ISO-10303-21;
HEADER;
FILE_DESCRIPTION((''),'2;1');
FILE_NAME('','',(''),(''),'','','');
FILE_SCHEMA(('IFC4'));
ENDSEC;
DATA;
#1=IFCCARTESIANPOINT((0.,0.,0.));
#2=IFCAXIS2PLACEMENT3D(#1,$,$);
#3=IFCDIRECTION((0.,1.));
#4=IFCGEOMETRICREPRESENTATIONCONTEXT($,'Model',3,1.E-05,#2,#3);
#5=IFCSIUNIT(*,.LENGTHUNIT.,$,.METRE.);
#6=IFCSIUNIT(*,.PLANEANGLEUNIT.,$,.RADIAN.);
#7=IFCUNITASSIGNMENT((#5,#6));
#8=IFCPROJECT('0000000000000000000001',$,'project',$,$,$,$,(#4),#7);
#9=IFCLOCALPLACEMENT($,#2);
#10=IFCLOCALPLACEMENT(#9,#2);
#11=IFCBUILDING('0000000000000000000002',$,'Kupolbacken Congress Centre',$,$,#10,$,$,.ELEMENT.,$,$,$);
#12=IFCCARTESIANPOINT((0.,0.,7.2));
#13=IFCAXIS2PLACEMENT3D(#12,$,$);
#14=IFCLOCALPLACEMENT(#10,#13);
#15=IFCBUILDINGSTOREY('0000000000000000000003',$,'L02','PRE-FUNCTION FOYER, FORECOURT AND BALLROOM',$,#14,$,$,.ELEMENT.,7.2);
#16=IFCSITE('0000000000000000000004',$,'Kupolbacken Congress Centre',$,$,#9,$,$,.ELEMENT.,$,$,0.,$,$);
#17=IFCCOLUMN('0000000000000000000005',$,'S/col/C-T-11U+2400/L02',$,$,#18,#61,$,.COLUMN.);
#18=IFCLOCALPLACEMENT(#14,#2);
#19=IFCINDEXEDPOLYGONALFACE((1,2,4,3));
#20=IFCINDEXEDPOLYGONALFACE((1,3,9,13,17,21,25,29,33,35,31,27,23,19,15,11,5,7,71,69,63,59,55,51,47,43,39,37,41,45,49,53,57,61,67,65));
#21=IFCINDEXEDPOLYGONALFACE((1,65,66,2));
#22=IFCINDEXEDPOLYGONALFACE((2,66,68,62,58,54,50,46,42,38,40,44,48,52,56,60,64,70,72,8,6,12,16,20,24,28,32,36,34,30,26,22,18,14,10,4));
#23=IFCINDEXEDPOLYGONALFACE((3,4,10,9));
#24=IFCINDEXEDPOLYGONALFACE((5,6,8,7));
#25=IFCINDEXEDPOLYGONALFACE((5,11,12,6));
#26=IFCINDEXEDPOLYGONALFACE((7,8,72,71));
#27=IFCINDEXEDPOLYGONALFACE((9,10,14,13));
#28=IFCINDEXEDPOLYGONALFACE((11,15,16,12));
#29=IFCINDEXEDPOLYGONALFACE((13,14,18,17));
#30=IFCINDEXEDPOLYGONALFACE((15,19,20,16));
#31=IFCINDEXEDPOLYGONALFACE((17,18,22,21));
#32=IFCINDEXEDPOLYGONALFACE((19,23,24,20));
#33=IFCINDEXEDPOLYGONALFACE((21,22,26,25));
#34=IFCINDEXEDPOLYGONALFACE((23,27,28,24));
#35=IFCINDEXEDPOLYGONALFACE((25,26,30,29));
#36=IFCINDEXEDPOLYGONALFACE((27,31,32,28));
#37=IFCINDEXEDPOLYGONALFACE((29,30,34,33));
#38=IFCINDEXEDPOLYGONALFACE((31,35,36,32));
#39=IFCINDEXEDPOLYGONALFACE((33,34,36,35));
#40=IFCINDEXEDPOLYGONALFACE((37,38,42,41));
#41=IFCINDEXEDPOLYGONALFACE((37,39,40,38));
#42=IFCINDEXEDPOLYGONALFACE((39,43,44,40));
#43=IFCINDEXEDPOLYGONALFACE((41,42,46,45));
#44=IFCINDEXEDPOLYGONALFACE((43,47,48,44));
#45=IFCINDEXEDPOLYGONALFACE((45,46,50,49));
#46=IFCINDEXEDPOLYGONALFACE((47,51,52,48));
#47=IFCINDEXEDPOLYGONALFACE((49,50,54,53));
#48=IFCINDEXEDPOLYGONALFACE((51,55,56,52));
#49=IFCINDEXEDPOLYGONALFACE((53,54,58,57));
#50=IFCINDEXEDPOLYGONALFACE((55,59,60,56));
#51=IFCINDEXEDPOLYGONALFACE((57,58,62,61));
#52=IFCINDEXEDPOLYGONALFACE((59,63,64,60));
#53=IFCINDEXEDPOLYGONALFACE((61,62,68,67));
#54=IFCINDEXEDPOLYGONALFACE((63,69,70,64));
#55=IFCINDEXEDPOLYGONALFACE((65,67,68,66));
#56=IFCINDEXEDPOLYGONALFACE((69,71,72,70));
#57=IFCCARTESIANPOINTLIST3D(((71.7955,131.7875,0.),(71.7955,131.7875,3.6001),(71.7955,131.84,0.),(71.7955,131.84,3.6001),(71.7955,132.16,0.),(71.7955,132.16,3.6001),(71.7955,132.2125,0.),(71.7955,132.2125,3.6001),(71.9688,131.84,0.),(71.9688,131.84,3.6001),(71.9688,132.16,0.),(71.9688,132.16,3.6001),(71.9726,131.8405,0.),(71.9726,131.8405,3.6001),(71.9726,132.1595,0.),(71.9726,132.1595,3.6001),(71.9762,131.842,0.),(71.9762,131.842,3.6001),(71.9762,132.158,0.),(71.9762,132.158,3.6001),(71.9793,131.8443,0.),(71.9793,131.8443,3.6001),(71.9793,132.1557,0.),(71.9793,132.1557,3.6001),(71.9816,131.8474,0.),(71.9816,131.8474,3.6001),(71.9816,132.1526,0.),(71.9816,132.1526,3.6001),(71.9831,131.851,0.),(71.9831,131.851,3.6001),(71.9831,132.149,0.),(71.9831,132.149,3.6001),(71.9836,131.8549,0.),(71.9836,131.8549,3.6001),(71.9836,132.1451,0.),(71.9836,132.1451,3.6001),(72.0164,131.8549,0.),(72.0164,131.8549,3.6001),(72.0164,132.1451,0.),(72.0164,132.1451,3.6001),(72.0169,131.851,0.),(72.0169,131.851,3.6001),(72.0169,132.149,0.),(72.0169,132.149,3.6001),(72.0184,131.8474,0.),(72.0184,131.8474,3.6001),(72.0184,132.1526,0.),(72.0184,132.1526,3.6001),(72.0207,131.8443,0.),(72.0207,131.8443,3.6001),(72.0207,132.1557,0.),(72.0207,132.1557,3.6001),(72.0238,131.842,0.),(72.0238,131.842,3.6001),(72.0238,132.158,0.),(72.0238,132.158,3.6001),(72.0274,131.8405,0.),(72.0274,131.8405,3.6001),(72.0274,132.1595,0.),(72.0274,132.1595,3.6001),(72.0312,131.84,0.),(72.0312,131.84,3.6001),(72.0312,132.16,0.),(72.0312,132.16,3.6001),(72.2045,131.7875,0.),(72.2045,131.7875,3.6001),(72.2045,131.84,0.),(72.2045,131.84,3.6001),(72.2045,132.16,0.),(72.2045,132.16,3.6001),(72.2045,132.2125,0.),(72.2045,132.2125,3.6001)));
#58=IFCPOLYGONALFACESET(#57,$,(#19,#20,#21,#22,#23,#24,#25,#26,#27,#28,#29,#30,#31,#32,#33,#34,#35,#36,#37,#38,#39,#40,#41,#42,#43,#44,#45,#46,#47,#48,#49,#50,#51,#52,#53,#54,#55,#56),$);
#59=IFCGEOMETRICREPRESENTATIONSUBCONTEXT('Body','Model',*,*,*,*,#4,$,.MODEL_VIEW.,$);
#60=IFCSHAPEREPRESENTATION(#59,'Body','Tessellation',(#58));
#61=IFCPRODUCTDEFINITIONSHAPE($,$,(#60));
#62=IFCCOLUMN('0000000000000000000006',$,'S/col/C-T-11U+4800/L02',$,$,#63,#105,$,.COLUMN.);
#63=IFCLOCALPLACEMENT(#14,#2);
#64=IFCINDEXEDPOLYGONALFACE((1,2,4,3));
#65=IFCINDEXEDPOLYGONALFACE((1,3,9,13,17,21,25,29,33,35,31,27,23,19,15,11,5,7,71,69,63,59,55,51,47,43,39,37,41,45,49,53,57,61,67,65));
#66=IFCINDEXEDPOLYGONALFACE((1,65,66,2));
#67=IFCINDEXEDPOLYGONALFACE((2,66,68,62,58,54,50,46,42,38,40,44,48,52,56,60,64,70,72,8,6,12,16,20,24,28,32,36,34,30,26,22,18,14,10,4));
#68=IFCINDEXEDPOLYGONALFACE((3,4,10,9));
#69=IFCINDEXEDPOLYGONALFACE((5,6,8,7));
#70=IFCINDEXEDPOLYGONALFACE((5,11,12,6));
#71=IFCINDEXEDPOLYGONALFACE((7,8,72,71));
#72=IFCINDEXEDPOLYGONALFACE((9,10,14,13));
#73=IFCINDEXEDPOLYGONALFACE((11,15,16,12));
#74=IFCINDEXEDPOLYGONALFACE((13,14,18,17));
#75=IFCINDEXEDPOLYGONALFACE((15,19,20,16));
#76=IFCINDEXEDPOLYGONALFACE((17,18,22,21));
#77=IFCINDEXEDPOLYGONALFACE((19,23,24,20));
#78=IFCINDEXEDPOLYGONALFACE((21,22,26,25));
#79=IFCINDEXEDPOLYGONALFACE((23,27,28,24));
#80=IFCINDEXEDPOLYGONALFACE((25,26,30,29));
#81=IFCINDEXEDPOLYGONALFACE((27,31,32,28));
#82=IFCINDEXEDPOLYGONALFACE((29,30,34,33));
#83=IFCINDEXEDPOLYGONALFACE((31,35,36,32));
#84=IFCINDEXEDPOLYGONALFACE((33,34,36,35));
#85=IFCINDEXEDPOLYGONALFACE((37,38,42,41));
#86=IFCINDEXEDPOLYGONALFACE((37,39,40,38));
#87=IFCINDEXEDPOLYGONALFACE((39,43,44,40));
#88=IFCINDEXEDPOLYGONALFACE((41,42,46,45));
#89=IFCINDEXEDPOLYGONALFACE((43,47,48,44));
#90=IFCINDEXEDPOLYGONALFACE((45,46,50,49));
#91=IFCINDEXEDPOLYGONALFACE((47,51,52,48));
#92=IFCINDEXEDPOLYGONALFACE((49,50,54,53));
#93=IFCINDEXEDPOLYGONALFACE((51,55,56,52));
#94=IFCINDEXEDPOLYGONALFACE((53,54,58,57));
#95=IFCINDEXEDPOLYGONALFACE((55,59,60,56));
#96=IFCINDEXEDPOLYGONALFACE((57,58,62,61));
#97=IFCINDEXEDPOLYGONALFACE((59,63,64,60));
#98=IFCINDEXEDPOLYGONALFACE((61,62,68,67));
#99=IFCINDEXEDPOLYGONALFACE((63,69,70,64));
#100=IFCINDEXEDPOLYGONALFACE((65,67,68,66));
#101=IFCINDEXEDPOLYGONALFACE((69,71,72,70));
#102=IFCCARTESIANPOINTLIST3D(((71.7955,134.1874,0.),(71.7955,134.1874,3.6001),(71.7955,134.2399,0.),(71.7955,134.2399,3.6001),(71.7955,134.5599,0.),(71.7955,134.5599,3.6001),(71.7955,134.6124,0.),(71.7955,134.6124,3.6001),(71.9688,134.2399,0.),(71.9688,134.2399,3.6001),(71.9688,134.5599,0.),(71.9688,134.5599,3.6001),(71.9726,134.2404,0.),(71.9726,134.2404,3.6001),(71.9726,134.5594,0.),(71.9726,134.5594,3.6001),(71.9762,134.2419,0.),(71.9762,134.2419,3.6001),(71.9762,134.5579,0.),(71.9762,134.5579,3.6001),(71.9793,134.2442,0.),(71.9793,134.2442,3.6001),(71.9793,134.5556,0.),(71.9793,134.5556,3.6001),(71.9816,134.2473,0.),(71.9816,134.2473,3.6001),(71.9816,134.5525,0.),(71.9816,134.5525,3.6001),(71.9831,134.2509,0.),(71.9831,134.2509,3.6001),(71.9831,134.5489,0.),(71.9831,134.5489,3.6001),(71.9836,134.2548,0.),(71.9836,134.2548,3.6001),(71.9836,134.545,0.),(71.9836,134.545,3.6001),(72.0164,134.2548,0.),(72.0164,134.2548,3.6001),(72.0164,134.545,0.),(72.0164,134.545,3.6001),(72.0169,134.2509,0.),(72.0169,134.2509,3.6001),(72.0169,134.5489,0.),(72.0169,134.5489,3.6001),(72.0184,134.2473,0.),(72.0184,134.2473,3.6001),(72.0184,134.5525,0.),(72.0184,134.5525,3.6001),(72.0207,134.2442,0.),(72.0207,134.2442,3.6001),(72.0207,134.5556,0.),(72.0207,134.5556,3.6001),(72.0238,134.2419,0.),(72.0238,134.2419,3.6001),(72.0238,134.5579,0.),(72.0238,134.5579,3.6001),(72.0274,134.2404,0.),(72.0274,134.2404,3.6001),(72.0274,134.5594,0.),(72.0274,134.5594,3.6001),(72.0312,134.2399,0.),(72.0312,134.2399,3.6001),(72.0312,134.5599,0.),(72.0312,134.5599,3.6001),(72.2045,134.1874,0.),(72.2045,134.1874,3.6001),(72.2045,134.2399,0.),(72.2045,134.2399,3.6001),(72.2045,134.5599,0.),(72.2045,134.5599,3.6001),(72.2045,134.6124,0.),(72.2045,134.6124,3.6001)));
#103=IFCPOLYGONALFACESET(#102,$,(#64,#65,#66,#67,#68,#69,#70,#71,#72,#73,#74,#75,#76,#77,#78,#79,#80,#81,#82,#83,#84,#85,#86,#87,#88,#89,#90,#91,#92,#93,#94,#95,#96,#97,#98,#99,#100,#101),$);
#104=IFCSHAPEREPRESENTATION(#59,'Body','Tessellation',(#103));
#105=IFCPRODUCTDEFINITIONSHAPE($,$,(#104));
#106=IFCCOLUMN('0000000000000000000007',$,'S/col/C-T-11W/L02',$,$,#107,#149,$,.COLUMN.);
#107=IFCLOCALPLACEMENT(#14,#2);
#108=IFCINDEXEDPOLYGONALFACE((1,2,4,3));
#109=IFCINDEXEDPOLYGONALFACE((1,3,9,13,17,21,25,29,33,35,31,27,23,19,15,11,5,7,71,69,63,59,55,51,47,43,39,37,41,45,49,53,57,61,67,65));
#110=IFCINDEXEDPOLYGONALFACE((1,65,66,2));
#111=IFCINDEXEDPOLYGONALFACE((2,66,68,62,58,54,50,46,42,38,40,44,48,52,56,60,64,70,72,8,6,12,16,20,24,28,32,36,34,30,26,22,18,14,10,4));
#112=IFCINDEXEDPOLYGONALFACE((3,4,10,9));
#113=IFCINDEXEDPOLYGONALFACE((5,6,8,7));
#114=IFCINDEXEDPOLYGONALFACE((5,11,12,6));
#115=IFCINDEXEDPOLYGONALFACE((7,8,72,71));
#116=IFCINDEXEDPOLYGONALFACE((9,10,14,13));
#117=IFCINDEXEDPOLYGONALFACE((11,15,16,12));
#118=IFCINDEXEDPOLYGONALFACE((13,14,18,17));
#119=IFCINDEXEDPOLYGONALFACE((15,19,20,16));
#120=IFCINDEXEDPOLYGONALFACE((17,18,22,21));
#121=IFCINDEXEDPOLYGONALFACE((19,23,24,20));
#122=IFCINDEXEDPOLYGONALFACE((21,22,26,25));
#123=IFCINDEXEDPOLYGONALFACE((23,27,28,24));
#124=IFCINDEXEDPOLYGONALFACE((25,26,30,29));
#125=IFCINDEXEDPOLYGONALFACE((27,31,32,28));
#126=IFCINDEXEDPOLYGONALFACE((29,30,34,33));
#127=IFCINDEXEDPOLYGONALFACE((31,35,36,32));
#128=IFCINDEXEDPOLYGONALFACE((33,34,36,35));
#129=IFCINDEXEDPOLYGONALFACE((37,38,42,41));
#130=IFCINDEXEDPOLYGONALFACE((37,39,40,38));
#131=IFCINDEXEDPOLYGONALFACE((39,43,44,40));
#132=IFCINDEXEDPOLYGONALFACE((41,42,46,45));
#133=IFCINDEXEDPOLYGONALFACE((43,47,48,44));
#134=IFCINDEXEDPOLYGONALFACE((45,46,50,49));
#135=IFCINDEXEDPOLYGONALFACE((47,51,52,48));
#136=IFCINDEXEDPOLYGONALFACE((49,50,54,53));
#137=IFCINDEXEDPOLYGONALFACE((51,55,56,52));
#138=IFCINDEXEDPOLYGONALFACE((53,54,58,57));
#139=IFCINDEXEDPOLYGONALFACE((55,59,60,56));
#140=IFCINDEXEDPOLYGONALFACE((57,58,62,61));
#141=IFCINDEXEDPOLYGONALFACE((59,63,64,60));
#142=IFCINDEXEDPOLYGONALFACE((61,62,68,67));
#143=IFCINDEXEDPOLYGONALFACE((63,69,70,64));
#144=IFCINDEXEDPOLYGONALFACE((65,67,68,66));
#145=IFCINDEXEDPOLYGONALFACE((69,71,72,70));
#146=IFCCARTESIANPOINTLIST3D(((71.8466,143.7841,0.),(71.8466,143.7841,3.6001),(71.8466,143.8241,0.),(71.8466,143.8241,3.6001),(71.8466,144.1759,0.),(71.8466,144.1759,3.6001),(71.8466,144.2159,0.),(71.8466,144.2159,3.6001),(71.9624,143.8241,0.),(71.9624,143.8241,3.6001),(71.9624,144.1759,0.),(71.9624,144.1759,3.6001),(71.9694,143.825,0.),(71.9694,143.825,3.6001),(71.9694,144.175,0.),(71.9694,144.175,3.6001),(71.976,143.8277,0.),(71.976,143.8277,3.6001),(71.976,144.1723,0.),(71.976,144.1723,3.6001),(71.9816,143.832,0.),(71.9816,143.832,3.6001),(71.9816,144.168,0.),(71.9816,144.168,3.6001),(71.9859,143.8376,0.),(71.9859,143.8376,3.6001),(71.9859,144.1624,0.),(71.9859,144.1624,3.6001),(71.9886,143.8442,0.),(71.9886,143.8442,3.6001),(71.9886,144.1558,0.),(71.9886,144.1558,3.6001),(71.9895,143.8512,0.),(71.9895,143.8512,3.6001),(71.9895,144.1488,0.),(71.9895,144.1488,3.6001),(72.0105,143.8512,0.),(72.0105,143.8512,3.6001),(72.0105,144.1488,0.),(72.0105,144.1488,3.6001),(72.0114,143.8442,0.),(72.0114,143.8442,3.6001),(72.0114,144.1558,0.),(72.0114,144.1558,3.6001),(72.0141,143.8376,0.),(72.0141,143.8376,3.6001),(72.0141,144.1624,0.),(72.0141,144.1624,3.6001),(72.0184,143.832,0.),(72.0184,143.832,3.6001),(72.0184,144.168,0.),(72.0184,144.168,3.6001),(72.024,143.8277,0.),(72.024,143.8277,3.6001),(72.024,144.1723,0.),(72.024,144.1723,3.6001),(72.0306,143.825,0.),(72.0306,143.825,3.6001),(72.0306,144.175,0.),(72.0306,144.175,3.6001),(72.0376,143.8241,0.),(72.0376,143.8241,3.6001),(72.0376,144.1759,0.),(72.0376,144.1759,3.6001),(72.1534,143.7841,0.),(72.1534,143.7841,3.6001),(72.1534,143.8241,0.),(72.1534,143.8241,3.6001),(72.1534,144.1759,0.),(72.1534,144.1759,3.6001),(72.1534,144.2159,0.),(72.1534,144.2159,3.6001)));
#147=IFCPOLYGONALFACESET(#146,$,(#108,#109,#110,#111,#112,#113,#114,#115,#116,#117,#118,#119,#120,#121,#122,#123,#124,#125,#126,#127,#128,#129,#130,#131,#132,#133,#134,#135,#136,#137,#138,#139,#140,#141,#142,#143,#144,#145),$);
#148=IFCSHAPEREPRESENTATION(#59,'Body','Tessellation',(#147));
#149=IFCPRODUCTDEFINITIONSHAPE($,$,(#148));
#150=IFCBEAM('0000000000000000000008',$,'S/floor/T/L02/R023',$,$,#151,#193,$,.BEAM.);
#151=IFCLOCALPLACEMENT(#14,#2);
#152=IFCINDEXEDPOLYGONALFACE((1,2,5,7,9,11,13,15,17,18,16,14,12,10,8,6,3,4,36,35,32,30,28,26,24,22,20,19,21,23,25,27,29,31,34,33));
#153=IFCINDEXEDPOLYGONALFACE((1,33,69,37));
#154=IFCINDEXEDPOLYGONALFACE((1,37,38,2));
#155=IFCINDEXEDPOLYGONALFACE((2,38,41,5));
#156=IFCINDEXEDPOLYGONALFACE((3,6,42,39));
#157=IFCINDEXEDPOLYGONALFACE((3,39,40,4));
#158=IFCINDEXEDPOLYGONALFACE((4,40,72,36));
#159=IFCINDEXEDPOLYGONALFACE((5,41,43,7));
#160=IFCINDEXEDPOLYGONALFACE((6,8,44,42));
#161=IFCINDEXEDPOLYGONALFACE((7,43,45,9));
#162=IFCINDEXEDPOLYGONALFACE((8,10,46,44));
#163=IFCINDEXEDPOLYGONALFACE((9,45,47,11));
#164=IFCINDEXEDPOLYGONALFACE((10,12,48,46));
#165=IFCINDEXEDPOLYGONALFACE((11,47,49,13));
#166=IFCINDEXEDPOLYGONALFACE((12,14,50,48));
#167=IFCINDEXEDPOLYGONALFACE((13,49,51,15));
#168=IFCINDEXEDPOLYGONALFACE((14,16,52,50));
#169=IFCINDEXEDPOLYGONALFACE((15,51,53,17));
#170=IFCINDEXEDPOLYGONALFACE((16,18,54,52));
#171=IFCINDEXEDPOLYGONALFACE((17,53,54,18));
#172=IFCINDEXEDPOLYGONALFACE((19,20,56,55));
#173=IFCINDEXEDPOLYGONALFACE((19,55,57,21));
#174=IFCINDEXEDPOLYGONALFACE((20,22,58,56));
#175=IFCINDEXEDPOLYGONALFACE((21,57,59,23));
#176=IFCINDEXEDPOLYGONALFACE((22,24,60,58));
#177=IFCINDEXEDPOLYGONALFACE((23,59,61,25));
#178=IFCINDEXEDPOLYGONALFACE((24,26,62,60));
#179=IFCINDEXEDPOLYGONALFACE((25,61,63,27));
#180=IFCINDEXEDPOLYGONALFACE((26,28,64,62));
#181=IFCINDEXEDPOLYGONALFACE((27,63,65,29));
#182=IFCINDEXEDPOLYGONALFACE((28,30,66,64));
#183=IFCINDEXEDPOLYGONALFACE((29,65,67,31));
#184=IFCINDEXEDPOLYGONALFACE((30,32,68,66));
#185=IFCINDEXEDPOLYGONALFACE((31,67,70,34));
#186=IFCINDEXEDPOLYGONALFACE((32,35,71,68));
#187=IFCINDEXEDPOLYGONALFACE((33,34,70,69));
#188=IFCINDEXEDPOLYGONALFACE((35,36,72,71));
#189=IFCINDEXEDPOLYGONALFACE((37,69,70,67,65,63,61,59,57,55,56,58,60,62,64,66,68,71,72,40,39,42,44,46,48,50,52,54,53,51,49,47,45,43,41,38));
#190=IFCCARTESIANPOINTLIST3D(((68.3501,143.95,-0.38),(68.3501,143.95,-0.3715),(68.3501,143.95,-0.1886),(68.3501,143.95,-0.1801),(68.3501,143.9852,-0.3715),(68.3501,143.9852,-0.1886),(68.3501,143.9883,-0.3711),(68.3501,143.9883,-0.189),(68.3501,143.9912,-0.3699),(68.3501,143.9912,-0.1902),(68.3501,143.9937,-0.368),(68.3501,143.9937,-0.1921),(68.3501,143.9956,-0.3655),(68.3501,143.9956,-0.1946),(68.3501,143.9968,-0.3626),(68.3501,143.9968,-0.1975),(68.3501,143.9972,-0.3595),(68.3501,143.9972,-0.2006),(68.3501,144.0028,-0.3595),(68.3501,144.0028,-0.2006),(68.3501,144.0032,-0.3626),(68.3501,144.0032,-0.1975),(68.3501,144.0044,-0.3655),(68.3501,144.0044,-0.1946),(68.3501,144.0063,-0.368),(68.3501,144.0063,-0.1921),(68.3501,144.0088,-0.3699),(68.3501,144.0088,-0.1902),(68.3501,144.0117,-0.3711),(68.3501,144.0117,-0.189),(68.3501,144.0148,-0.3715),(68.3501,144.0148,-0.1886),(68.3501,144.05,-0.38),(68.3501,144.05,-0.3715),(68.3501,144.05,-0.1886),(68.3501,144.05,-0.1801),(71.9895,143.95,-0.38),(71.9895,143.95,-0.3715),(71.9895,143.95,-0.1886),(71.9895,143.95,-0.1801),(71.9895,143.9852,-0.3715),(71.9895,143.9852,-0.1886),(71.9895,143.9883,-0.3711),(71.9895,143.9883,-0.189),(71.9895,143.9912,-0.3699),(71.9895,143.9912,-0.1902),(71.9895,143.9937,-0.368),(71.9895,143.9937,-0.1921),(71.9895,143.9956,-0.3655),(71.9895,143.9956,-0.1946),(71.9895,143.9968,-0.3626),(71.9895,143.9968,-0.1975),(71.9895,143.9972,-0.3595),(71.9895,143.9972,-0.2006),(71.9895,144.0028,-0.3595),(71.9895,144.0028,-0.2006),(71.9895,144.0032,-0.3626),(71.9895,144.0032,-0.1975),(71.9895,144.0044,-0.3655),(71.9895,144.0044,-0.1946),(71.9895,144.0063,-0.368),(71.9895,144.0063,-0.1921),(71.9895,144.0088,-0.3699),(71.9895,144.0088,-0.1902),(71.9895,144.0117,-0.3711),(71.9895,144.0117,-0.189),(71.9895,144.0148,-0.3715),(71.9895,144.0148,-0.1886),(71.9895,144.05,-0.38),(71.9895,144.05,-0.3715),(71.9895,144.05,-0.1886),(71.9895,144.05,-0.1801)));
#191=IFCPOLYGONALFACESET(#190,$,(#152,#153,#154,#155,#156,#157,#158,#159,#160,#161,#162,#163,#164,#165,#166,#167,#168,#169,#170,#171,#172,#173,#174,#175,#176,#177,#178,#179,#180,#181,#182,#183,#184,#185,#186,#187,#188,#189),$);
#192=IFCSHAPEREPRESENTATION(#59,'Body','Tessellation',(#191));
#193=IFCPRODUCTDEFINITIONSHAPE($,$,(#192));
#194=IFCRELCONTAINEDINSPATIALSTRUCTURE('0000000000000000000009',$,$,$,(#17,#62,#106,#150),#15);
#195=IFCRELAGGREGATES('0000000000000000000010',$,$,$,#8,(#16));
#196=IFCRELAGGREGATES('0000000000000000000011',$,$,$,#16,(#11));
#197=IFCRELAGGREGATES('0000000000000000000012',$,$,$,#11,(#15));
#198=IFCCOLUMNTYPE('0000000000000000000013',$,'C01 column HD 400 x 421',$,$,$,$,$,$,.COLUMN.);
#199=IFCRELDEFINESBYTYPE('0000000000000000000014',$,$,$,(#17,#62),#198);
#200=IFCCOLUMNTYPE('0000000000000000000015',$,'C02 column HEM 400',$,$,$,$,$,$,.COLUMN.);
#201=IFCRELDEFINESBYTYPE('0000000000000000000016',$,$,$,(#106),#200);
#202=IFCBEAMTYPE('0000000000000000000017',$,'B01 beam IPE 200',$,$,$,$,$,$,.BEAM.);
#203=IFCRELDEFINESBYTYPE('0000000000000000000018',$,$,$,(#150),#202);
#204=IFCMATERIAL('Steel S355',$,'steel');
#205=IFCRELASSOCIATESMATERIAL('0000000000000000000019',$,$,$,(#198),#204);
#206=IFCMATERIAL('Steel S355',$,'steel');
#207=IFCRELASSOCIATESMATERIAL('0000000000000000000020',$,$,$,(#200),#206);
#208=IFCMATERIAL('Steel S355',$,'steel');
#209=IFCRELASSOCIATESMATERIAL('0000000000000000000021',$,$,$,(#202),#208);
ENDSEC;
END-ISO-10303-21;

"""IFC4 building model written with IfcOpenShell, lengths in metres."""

from ifc_helpers import new_model, si_unit, direction, frame, origin, origin_2d, place, context, subcontext, project, spatial, i_section, extrude, material, material_profile, profile_set, type_object, element, save


model = new_model("IFC4")

# Units and contexts
model_context = context("Model", 3, precision=1e-05, world=origin(), true_north=direction((0.0, 1.0)))
body_context = subcontext(model_context, "Body", "Model", "MODEL_VIEW")
ifc_project = project(units=[si_unit("LENGTHUNIT", "METRE"), si_unit("PLANEANGLEUNIT", "RADIAN")], contexts=[model_context])

# Site, building, storey
site_placement = place(None, origin())
site = spatial("IfcSite", under=ifc_project, at=site_placement, Name="Kupolbacken Congress Centre", CompositionType="ELEMENT", RefElevation=0.0)
building_placement = place(site_placement, origin())
building = spatial("IfcBuilding", under=site, at=building_placement, Name="Kupolbacken Congress Centre", CompositionType="ELEMENT")
storey_placement = place(building_placement, frame((0.0, 0.0, 7.2)))
storey = spatial("IfcBuildingStorey", under=building, at=storey_placement, Name="L02", Description="PRE-FUNCTION FOYER, FORECOURT AND BALLROOM", CompositionType="ELEMENT", Elevation=7.2)

# Columns
ifc_material_1 = material(Name="Steel S355", Category="steel")
ifc_material_profile_1 = material_profile(ifc_material_1, i_section(OverallWidth=0.4089, OverallDepth=0.425, WebThickness=0.0327, FlangeThickness=0.0525, FilletRadius=0.0149, at=origin_2d()), Name="HD 400 x 421")
ifc_profile_set_1 = profile_set([ifc_material_profile_1], Name="Steel S355")
column_type_1 = type_object("IfcColumnType", Name="C01 column HD 400 x 421", PredefinedType="COLUMN", material=ifc_profile_set_1)
for number, where, z_axis, x_axis, name in (
    (1, (72.0, 132.0, 0.0), (0.0, 0.0, 1.0), (1.0, 0.0, 0.0), "S/col/C-T-11U+2400/L02"),
    (2, (72.0, 134.3999, 0.0), (0.0, 0.0, 1.0), (1.0, 0.0, 0.0), "S/col/C-T-11U+4800/L02"),
):
    element("IfcColumn", number, at=place(storey_placement, frame(where, z_axis=z_axis, x_axis=x_axis)), inside=storey, type_object=column_type_1, Name=name, PredefinedType="COLUMN", context=body_context, shape_type="SweptSolid", body=[
        extrude(i_section(OverallWidth=0.4089, OverallDepth=0.425, WebThickness=0.0327, FlangeThickness=0.0525, FilletRadius=0.0149, at=origin_2d()), origin(), (0.0, 0.0, 1.0), 3.6001),
    ])
ifc_material_2 = material(Name="Steel S355", Category="steel")
ifc_material_profile_2 = material_profile(ifc_material_2, i_section(OverallWidth=0.3069, OverallDepth=0.4319, WebThickness=0.021, FlangeThickness=0.04, FilletRadius=0.0271, at=origin_2d()), Name="HEM 400")
ifc_profile_set_2 = profile_set([ifc_material_profile_2], Name="Steel S355")
column_type_2 = type_object("IfcColumnType", Name="C02 column HEM 400", PredefinedType="COLUMN", material=ifc_profile_set_2)
column_placement = place(storey_placement, frame((72.0, 144.0, 0.0), z_axis=(0.0, 0.0, 1.0), x_axis=(1.0, 0.0, 0.0)))
element("IfcColumn", 3, at=column_placement, inside=storey, type_object=column_type_2, Name="S/col/C-T-11W/L02", PredefinedType="COLUMN", context=body_context, shape_type="SweptSolid", body=[
    extrude(i_section(OverallWidth=0.3069, OverallDepth=0.4319, WebThickness=0.021, FlangeThickness=0.04, FilletRadius=0.0271, at=origin_2d()), origin(), (0.0, 0.0, 1.0), 3.6001),
])

# Beam
ifc_material_3 = material(Name="Steel S355", Category="steel")
ifc_material_profile_3 = material_profile(ifc_material_3, i_section(OverallWidth=0.1001, OverallDepth=0.2, WebThickness=0.0056, FlangeThickness=0.0085, FilletRadius=0.012, at=origin_2d()), Name="IPE 200")
ifc_profile_set_3 = profile_set([ifc_material_profile_3], Name="Steel S355")
beam_type_1 = type_object("IfcBeamType", Name="B01 beam IPE 200", PredefinedType="BEAM", material=ifc_profile_set_3)
beam_1_placement = place(storey_placement, frame((68.3501, 144.0, -0.28), z_axis=(1.0, 0.0, 0.0), x_axis=(0.0, 1.0, 0.0)))
element("IfcBeam", 4, at=beam_1_placement, inside=storey, type_object=beam_type_1, Name="S/floor/T/L02/R023", PredefinedType="BEAM", context=body_context, shape_type="SweptSolid", body=[
    extrude(i_section(OverallWidth=0.1001, OverallDepth=0.2, WebThickness=0.0056, FlangeThickness=0.0085, FilletRadius=0.012, at=origin_2d()), origin(), (0.0, 0.0, 1.0), 3.6394),
])

save(model, "model.ifc")
